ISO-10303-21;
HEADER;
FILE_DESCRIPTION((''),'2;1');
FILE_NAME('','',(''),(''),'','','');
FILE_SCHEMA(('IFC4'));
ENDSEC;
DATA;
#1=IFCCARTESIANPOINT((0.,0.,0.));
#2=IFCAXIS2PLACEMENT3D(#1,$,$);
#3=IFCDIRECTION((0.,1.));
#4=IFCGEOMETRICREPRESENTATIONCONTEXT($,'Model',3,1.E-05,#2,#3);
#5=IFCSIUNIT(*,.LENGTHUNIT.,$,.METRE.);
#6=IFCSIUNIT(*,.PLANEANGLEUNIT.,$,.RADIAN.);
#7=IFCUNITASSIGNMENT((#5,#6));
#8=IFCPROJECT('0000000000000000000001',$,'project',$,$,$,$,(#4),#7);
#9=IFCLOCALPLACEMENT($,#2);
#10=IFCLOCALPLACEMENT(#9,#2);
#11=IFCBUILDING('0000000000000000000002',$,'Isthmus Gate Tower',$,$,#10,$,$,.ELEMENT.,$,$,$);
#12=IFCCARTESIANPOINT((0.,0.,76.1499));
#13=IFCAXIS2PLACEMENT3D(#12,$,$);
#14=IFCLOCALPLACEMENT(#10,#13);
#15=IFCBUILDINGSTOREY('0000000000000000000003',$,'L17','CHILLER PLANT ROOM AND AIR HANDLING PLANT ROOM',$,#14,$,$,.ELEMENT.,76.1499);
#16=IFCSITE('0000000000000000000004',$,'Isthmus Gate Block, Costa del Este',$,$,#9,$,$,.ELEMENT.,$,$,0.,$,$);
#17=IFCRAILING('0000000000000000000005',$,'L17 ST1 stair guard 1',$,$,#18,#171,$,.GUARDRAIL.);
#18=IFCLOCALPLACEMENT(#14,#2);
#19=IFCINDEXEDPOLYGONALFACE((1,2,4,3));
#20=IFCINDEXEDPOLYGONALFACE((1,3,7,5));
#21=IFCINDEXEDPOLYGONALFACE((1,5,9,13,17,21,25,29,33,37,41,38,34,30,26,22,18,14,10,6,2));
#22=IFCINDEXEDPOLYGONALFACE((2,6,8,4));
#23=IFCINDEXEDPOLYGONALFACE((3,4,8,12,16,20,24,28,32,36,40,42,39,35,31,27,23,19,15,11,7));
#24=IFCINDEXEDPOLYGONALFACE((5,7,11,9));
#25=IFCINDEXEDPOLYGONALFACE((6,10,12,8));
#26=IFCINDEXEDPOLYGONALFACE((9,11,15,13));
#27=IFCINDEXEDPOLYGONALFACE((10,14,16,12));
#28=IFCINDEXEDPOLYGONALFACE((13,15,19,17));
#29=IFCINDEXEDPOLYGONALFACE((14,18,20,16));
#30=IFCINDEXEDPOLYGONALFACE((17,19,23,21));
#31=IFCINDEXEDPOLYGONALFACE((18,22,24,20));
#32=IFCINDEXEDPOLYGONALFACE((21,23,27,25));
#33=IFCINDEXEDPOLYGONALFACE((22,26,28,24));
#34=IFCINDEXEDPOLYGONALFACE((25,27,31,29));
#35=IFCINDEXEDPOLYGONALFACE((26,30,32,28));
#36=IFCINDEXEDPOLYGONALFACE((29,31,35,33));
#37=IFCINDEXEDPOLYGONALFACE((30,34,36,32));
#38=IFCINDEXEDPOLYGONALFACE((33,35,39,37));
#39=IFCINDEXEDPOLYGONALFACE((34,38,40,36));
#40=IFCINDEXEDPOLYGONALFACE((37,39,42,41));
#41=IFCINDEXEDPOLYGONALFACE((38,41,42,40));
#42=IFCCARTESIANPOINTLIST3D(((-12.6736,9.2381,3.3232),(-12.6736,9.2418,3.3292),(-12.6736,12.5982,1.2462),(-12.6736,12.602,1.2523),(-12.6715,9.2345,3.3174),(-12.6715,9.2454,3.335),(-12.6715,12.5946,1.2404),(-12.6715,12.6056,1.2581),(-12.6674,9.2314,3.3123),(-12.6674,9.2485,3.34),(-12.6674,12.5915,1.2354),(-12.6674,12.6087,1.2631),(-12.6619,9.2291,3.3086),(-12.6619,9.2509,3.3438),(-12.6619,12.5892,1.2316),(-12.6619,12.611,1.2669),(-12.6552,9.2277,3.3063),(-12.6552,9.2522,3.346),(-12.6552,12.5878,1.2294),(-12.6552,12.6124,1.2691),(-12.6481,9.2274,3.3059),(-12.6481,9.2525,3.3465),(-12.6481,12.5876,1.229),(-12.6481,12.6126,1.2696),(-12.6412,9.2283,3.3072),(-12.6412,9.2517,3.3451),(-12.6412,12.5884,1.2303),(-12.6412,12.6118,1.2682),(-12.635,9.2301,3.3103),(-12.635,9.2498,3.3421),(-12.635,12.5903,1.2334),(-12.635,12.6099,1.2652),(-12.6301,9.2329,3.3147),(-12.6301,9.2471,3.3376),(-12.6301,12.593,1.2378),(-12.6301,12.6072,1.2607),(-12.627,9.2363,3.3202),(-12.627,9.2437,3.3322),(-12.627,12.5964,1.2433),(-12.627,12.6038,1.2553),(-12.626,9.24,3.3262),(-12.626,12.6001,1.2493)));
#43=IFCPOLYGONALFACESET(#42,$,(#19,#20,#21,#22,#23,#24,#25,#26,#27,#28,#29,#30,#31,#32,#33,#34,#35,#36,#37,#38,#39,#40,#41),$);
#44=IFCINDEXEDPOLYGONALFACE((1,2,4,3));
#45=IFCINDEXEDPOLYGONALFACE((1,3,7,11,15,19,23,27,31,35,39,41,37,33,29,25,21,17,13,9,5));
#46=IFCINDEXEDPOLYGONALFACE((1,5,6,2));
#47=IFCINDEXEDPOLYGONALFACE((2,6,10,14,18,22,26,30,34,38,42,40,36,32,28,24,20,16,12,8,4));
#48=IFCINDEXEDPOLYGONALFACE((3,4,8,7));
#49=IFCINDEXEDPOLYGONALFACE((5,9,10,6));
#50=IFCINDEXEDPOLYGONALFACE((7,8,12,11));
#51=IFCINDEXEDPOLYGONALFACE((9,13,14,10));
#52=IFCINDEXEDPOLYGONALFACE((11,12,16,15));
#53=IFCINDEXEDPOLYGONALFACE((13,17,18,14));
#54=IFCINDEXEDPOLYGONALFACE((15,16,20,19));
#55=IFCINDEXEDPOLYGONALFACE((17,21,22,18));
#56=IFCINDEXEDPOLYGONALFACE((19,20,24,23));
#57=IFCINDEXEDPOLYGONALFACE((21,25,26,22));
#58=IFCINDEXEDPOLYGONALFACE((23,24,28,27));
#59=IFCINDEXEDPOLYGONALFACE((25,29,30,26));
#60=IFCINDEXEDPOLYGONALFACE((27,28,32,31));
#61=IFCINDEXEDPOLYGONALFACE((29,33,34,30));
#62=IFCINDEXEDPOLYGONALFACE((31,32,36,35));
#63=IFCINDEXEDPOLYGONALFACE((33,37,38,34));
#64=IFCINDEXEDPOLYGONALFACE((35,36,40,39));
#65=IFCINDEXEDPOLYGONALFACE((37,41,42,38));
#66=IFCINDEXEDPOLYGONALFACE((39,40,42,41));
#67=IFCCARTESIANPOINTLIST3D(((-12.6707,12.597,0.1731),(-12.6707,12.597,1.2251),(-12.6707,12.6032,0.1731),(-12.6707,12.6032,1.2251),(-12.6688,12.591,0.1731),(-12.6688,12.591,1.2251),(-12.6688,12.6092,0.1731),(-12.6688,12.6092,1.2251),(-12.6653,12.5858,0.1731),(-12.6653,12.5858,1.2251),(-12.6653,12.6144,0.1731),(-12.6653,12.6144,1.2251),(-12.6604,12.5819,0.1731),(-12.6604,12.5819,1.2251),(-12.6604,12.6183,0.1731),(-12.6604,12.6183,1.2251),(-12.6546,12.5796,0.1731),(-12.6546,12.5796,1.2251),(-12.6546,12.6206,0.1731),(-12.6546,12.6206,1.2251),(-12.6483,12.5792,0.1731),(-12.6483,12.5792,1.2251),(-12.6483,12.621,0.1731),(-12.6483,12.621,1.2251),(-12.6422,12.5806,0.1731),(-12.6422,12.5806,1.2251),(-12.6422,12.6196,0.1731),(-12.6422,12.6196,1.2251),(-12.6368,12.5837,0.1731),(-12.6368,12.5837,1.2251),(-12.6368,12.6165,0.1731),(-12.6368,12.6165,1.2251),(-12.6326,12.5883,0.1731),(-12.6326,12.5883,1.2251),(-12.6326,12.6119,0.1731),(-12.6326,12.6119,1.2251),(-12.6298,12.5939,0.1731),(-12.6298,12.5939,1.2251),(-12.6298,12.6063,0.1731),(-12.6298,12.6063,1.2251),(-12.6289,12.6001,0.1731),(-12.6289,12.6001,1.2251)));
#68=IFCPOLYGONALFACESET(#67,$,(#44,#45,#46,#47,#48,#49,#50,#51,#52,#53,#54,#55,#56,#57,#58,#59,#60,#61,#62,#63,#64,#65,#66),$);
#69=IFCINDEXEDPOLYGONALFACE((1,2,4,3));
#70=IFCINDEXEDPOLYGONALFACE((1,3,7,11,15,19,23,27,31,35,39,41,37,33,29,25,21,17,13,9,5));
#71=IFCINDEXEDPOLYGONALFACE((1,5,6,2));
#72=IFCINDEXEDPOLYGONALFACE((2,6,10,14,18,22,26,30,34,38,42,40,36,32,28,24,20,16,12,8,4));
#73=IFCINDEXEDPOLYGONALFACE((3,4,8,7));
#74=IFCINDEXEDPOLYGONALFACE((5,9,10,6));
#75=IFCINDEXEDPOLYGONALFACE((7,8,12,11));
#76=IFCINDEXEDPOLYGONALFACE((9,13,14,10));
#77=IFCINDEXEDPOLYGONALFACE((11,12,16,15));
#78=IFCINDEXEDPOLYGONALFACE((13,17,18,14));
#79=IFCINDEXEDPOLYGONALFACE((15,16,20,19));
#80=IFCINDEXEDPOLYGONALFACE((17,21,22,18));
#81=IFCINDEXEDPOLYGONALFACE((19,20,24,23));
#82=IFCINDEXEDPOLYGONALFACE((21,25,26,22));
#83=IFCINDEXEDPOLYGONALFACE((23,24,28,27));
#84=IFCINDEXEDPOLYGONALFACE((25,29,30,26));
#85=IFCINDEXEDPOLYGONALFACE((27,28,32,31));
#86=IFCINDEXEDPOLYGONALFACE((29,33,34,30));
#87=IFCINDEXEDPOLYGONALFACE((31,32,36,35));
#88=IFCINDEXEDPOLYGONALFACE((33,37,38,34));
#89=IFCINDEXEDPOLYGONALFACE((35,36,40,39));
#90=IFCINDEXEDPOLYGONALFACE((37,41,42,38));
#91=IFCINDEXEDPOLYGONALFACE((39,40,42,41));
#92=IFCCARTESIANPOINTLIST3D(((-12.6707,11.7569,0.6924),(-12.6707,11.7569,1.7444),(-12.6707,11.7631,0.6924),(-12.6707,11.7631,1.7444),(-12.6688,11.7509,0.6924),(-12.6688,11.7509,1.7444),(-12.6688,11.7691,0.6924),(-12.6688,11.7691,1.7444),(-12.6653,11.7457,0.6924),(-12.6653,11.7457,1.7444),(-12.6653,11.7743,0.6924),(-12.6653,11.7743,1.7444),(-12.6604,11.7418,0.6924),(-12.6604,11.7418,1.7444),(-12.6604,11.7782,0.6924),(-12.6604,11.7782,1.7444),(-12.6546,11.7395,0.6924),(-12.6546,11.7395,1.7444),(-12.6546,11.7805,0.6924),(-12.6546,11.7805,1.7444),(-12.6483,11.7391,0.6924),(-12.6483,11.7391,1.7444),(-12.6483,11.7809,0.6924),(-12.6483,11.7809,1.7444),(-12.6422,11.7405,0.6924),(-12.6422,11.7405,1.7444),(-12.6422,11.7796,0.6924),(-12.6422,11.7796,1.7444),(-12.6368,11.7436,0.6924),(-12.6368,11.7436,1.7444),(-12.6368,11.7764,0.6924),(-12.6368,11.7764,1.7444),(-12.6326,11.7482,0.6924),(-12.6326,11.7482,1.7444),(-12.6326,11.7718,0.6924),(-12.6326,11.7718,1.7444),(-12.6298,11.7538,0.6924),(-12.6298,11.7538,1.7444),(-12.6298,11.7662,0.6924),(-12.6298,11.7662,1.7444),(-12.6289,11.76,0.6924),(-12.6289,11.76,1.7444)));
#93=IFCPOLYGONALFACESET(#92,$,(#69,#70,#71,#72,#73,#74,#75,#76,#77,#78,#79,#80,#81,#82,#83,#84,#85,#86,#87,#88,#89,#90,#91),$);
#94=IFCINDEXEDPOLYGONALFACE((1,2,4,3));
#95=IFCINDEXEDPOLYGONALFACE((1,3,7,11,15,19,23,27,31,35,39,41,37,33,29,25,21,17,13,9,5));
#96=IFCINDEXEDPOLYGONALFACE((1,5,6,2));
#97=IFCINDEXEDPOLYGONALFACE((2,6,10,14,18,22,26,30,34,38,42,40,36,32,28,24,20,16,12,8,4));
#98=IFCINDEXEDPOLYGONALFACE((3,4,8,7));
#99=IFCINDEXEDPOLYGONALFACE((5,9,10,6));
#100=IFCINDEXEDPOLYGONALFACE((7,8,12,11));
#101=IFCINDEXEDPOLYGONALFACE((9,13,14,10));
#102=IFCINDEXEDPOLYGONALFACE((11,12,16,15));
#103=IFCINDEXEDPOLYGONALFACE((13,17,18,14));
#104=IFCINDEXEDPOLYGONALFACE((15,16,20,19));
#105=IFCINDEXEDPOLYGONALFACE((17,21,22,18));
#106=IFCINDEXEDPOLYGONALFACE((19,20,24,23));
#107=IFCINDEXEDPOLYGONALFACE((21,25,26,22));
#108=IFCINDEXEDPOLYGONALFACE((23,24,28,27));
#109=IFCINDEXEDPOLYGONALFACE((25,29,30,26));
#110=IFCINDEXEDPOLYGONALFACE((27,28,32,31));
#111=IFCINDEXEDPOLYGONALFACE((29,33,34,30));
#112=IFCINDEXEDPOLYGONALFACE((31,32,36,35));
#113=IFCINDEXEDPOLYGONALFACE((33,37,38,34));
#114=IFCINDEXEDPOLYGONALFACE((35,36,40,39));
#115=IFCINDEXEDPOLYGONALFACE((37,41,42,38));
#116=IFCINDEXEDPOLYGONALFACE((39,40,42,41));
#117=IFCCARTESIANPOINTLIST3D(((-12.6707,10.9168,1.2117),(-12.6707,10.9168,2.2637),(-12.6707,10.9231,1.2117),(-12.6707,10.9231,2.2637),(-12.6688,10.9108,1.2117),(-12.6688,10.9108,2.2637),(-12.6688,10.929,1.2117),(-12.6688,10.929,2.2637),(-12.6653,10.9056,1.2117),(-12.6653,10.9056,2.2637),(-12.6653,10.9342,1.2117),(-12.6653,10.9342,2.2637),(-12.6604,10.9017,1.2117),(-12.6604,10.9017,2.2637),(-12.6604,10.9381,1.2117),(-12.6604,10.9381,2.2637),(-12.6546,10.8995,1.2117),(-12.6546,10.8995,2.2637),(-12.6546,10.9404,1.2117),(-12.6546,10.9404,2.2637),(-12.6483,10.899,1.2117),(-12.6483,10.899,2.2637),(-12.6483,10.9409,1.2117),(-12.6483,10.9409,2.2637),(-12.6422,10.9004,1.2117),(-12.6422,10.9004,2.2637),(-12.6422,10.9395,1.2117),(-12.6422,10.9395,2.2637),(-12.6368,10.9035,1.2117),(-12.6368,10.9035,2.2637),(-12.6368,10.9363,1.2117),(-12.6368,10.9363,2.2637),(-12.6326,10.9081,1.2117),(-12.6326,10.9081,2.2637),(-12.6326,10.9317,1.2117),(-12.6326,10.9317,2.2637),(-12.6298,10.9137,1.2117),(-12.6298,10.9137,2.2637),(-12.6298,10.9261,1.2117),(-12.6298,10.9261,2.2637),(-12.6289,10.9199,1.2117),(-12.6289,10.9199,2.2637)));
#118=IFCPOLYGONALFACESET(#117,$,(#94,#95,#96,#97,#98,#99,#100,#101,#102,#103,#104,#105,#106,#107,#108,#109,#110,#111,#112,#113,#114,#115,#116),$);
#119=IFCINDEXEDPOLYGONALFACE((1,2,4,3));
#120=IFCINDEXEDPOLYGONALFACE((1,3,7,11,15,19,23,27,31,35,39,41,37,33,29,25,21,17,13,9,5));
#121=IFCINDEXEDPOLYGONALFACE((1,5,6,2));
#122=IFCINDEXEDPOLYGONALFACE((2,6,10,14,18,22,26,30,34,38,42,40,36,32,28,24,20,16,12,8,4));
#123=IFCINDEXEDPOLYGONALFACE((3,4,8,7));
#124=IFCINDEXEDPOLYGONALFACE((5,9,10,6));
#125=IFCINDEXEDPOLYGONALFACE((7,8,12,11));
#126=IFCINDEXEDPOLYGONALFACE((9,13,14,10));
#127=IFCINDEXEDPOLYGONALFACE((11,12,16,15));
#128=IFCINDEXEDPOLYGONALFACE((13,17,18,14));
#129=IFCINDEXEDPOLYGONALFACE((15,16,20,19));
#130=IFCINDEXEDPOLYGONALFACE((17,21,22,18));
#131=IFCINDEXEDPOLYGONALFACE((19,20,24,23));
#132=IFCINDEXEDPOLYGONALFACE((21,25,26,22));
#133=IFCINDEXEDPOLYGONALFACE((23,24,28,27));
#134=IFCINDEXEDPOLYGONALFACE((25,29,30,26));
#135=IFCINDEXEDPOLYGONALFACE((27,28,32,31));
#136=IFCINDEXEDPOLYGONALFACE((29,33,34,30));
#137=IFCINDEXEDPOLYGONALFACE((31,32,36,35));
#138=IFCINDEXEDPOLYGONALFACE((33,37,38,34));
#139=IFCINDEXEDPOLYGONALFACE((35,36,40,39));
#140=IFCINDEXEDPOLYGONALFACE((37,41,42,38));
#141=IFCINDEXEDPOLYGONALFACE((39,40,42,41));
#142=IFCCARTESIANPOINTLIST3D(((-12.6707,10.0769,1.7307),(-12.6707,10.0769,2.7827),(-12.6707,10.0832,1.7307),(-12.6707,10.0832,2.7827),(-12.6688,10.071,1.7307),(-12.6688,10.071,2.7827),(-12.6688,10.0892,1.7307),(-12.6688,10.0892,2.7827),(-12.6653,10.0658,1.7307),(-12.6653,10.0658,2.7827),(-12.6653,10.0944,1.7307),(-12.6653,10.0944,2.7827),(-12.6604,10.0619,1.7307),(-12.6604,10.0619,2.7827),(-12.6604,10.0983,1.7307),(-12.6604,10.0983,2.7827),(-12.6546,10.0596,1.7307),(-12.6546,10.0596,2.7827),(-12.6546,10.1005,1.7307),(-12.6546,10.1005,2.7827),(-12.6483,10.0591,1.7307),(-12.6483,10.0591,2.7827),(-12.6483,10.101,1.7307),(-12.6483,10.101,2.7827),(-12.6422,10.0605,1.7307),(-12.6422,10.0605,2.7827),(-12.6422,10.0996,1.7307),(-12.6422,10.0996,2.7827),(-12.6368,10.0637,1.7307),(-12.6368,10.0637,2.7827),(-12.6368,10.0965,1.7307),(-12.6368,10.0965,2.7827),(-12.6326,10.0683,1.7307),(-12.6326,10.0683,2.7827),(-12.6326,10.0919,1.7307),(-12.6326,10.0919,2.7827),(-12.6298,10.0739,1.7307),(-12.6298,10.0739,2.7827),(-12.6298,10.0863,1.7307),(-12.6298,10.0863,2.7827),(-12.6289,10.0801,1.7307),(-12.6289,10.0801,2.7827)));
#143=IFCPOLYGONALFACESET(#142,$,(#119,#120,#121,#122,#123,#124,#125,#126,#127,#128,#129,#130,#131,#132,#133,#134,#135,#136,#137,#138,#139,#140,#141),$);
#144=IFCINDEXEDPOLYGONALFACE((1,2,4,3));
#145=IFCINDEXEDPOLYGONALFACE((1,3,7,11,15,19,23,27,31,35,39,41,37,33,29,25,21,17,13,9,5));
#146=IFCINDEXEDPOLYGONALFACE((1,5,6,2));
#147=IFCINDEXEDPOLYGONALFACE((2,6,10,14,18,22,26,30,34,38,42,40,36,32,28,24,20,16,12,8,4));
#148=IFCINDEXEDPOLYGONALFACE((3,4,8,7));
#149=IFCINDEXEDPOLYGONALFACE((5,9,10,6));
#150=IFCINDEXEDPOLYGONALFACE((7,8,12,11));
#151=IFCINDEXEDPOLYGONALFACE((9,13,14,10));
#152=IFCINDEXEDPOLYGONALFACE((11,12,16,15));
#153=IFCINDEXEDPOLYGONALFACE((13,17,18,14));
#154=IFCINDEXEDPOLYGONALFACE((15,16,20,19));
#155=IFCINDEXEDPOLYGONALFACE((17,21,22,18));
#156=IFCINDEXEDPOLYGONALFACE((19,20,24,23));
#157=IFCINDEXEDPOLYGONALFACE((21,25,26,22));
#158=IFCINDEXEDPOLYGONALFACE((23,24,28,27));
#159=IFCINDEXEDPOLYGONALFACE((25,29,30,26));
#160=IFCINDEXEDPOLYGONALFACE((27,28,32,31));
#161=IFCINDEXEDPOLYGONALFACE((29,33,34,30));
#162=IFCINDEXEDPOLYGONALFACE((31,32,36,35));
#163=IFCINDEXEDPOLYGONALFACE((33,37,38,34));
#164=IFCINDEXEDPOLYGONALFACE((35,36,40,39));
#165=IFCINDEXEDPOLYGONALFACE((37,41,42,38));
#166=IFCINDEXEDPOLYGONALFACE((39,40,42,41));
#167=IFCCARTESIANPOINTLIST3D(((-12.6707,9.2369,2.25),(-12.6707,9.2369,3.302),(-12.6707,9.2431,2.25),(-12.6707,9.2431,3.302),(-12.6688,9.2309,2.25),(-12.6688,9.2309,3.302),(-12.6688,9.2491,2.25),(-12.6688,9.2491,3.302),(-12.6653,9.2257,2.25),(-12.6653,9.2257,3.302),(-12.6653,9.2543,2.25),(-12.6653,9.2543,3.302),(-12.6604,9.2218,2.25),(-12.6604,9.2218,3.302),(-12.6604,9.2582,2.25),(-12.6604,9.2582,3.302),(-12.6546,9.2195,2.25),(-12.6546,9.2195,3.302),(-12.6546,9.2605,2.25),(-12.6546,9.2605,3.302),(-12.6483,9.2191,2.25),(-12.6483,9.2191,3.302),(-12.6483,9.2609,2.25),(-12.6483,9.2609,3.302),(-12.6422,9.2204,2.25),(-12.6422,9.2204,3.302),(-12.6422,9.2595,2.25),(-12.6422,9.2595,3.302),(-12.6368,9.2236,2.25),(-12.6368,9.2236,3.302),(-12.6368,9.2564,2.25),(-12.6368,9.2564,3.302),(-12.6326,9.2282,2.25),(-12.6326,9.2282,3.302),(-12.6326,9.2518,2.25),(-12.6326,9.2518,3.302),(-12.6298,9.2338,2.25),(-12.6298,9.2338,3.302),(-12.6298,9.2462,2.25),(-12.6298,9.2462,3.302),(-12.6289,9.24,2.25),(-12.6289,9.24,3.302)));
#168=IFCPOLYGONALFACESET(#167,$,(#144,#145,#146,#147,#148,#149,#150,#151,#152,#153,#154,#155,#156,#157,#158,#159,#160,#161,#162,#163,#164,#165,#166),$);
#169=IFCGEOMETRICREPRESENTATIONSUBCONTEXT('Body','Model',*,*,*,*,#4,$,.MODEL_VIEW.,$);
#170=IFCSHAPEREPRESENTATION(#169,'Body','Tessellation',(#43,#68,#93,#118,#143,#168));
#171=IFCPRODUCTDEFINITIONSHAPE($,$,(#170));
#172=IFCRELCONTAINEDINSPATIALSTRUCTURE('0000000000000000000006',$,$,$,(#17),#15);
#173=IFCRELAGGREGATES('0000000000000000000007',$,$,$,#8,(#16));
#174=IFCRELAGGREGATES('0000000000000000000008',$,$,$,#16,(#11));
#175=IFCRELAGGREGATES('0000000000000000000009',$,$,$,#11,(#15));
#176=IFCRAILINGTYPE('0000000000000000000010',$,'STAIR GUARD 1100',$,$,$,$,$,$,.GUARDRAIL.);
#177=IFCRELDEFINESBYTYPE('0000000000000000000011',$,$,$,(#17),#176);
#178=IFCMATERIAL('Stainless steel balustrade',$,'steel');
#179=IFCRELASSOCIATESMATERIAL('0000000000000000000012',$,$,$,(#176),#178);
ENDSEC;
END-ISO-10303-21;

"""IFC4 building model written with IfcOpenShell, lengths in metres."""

from ifc_helpers import new_model, si_unit, direction, frame, origin, origin_2d, place, context, subcontext, project, spatial, circle, extrude, material, type_object, element, save


model = new_model("IFC4")

# Units and contexts
model_context = context("Model", 3, precision=1e-05, world=origin(), true_north=direction((0.0, 1.0)))
body_context = subcontext(model_context, "Body", "Model", "MODEL_VIEW")
ifc_project = project(units=[si_unit("LENGTHUNIT", "METRE"), si_unit("PLANEANGLEUNIT", "RADIAN")], contexts=[model_context])

# Site, building, storey
site_placement = place(None, origin())
site = spatial("IfcSite", under=ifc_project, at=site_placement, Name="Isthmus Gate Block, Costa del Este", CompositionType="ELEMENT", RefElevation=0.0)
building_placement = place(site_placement, origin())
building = spatial("IfcBuilding", under=site, at=building_placement, Name="Isthmus Gate Tower", CompositionType="ELEMENT")
storey_placement = place(building_placement, frame((0.0, 0.0, 76.1499)))
storey = spatial("IfcBuildingStorey", under=building, at=storey_placement, Name="L17", Description="CHILLER PLANT ROOM AND AIR HANDLING PLANT ROOM", CompositionType="ELEMENT", Elevation=76.1499)

# Railing
ifc_material_1 = material(Name="Stainless steel balustrade", Category="steel")
railing_type_1 = type_object("IfcRailingType", Name="STAIR GUARD 1100", PredefinedType="GUARDRAIL", material=ifc_material_1)
railing_1_placement = place(storey_placement, frame((-12.6499, 12.6001, 0.1731)))
element("IfcRailing", 1, at=railing_1_placement, inside=storey, type_object=railing_type_1, Name="L17 ST1 stair guard 1", PredefinedType="GUARDRAIL", context=body_context, shape_type="SweptSolid", body=[
    extrude(circle(Radius=0.0239, at=origin_2d()), frame((0.0, 0.0, 1.0762), z_axis=(0.0, -0.850623, 0.525776), x_axis=(1.0, 0.0, 0.0)), (0.0, 0.0, 1.0), 3.9502),
    extrude(circle(Radius=0.021, at=origin_2d()), origin(), (0.0, 0.0, 1.0), 1.052),
    extrude(circle(Radius=0.021, at=origin_2d()), frame((0.0, -0.8401, 0.5193)), (0.0, 0.0, 1.0), 1.052),
    extrude(circle(Radius=0.021, at=origin_2d()), frame((0.0, -1.6802, 1.0386)), (0.0, 0.0, 1.0), 1.052),
    extrude(circle(Radius=0.021, at=origin_2d()), frame((0.0, -2.52, 1.5576)), (0.0, 0.0, 1.0), 1.052),
    extrude(circle(Radius=0.021, at=origin_2d()), frame((0.0, -3.3601, 2.0769)), (0.0, 0.0, 1.0), 1.052),
])

save(model, "model.ifc")
